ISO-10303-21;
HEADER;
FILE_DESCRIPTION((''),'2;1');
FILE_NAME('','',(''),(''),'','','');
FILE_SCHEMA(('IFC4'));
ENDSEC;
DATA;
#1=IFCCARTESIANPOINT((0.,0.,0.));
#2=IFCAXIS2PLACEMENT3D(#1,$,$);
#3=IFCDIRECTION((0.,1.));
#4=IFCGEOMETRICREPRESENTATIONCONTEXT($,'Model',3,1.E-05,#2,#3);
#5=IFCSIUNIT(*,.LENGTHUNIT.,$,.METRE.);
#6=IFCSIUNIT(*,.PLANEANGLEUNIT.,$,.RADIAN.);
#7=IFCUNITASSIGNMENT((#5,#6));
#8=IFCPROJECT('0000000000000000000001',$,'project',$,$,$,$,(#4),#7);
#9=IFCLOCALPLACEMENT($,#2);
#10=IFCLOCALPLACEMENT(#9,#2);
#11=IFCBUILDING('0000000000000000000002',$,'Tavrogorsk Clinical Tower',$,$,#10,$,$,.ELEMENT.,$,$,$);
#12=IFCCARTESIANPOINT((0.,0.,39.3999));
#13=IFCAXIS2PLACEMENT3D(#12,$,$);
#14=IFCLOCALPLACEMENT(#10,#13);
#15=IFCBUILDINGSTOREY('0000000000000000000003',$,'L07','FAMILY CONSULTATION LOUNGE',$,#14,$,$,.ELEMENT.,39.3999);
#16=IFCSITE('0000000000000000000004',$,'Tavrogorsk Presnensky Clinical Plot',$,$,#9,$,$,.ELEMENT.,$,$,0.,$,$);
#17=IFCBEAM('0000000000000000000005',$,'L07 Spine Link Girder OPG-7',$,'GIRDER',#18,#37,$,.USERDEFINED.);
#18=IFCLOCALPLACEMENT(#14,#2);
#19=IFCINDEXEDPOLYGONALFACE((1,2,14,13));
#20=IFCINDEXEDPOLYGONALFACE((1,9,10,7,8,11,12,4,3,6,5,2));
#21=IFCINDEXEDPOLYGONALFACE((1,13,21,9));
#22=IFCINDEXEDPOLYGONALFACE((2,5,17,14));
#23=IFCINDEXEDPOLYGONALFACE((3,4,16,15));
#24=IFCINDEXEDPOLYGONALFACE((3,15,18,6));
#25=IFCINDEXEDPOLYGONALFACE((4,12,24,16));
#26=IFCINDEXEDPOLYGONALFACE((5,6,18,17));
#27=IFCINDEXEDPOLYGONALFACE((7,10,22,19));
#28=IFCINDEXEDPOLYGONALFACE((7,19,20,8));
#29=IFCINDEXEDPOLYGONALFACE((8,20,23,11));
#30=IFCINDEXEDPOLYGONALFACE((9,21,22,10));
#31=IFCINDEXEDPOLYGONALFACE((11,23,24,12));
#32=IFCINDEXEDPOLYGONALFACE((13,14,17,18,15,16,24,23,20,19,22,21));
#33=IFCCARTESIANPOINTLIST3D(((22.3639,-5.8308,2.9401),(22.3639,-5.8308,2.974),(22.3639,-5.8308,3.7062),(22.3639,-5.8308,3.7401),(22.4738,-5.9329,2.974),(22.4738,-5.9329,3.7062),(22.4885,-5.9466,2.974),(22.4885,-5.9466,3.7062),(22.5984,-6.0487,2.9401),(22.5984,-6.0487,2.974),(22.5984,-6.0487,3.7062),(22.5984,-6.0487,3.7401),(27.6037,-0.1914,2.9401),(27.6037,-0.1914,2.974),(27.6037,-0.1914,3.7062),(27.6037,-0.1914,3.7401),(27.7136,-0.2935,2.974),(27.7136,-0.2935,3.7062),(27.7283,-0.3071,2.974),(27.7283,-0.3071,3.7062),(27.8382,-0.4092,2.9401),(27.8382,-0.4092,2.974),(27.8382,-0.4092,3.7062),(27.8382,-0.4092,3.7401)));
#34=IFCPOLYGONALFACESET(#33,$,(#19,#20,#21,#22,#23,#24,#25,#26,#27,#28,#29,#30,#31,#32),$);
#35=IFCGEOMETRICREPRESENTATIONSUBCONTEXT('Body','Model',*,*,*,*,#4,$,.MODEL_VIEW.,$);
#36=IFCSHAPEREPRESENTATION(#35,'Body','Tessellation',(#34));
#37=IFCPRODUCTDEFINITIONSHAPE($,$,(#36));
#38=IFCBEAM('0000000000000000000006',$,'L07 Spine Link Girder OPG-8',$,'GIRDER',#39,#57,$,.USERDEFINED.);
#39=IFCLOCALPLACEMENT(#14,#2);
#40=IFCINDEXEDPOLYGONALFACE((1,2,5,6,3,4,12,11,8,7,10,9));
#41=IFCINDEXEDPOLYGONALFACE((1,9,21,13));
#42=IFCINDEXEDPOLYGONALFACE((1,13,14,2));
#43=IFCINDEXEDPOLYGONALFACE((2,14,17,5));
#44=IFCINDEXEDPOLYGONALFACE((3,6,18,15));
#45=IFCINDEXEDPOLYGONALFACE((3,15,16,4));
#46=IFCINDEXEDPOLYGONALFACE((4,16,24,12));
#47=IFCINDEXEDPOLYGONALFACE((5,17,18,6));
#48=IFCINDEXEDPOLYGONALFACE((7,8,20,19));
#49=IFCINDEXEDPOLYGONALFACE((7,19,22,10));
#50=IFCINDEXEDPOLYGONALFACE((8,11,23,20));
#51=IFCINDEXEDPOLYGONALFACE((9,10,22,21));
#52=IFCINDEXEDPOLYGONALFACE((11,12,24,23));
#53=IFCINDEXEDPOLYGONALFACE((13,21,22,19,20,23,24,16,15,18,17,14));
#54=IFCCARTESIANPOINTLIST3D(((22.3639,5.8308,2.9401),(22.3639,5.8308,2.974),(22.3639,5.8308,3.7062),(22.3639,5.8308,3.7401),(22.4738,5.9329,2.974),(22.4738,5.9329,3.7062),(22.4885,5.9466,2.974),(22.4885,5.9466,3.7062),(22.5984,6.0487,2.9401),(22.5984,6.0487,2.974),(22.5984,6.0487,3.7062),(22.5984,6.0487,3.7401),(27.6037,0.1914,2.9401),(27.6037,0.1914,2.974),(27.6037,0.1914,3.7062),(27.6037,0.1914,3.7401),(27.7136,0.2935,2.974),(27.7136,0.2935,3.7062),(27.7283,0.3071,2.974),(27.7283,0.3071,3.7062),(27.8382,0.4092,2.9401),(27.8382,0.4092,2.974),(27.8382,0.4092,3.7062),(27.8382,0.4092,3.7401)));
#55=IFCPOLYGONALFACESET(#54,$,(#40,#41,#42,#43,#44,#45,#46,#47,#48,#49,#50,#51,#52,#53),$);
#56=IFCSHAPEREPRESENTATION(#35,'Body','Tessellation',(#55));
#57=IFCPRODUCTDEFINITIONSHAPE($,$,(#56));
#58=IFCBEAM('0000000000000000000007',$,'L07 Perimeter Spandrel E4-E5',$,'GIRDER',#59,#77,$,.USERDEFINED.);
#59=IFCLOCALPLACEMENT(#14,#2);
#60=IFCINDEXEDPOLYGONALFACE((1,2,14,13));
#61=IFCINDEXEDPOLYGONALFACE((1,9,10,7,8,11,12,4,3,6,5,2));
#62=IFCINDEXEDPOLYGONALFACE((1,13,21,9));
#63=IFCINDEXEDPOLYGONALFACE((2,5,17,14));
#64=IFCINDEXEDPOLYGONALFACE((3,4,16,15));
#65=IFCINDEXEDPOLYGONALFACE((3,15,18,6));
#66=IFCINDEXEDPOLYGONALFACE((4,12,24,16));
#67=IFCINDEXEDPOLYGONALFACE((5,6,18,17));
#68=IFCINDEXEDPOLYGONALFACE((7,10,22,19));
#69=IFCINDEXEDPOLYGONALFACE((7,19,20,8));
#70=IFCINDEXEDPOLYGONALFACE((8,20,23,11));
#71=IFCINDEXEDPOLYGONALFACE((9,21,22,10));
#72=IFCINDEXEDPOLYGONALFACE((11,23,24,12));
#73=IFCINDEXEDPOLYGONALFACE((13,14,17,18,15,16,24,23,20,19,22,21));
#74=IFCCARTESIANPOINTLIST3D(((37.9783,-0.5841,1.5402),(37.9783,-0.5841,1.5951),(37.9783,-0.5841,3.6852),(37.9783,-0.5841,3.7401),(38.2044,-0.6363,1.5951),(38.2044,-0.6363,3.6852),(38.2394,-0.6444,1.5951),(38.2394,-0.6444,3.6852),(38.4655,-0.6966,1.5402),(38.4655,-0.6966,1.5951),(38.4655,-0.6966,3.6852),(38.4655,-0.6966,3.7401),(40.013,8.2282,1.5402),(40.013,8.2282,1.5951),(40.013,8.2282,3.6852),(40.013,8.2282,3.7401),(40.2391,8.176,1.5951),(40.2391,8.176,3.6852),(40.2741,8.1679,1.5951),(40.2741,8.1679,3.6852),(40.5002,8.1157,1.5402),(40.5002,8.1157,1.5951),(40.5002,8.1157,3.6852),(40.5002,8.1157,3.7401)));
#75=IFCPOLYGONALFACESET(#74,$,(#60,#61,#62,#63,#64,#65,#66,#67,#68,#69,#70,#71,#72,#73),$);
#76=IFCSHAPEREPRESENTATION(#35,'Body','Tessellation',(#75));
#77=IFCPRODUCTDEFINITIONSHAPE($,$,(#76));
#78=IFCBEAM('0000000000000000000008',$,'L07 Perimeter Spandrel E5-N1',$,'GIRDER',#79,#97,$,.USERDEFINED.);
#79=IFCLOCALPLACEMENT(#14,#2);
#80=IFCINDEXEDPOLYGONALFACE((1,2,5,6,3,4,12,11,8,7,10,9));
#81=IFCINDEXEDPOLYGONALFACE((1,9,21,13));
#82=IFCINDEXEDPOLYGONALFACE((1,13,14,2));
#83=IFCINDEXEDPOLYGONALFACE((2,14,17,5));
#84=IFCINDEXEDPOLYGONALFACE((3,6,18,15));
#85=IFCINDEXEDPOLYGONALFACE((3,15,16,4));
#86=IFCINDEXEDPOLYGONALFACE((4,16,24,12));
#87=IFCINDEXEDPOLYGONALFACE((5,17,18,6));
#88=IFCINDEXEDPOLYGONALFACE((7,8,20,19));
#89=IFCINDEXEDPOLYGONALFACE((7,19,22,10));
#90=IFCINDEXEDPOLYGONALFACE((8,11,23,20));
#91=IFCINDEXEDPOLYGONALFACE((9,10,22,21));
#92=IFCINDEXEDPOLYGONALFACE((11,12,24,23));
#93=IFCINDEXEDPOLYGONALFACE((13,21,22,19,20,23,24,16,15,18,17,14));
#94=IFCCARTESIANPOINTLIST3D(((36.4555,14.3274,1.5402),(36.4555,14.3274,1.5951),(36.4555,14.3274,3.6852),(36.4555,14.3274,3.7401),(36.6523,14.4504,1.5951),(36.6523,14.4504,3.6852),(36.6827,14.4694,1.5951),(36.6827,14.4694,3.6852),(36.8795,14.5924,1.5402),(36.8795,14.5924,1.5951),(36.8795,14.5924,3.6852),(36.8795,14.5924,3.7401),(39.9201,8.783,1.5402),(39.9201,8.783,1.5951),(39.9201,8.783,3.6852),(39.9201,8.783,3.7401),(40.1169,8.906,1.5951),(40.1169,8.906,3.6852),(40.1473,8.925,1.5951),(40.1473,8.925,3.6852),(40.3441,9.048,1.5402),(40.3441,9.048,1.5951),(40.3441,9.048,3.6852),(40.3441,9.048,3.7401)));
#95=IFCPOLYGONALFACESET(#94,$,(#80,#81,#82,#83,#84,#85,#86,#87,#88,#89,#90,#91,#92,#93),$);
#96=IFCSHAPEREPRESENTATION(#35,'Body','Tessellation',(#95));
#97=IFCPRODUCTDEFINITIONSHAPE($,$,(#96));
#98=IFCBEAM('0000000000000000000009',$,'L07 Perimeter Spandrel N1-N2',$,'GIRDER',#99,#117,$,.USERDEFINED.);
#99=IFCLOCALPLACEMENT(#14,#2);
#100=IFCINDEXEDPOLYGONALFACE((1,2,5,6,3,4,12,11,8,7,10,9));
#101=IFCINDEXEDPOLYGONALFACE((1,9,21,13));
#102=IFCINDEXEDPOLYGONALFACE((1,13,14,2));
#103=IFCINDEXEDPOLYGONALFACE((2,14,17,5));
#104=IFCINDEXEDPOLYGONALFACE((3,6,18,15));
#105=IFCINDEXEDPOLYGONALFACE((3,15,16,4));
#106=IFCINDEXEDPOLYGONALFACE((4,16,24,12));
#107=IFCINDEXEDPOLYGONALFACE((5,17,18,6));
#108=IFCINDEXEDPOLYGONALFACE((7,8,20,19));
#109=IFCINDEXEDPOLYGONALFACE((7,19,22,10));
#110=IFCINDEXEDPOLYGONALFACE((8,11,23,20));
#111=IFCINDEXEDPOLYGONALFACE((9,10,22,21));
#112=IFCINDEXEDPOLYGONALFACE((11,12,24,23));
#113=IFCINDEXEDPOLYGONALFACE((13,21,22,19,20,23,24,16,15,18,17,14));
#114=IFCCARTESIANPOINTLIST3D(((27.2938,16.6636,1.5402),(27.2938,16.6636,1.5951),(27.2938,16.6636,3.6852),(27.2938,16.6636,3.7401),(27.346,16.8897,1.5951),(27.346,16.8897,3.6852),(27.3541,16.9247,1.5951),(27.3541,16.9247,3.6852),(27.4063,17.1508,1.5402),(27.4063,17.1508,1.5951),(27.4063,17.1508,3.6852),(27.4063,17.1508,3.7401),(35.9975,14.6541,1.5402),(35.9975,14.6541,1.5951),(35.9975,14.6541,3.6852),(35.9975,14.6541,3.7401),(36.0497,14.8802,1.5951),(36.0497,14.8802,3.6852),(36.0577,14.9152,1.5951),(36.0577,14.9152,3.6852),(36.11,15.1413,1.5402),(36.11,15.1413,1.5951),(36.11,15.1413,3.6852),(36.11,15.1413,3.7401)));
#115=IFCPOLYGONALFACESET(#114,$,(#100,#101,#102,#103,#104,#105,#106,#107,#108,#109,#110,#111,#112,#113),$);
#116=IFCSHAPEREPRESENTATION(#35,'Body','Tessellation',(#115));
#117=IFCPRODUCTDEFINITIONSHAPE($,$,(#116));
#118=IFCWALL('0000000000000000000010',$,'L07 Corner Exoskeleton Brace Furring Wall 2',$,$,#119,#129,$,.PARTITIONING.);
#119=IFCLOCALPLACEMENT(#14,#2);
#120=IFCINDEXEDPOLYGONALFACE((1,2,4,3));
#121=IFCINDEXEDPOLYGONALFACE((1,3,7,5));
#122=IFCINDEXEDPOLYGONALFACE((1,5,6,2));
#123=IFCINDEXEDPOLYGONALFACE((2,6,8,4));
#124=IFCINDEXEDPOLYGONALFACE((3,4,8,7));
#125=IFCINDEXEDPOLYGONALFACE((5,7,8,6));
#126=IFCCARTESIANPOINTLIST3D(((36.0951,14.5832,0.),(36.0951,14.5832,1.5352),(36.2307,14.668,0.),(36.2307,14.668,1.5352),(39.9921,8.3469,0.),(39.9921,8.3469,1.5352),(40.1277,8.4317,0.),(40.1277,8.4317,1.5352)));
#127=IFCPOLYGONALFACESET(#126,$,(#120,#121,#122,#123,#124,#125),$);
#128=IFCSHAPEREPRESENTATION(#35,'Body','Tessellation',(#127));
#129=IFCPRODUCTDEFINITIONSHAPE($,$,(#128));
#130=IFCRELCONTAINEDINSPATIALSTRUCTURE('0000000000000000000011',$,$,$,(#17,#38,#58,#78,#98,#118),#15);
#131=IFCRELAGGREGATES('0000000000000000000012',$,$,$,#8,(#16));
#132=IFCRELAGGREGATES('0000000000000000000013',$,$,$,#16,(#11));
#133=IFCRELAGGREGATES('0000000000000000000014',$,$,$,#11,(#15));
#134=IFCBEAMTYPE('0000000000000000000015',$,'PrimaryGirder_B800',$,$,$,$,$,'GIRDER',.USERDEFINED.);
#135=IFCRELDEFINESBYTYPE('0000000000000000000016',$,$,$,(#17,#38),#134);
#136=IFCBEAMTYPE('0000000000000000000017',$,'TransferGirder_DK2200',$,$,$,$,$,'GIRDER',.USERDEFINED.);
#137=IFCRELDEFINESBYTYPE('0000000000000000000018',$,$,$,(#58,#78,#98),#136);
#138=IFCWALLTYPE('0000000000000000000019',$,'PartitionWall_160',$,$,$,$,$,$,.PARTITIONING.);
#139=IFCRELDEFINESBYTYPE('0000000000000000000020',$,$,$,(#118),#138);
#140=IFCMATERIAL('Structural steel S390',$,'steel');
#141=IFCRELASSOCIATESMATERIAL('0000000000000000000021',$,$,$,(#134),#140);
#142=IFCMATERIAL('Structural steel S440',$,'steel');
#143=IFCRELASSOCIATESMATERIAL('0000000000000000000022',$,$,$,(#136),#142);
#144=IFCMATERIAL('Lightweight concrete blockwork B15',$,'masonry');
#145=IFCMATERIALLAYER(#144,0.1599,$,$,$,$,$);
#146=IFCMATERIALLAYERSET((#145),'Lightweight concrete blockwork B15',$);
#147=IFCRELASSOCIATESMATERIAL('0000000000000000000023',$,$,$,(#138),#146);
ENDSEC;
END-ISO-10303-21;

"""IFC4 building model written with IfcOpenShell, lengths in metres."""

from ifc_helpers import new_model, si_unit, direction, frame, frame_2d, origin, origin_2d, place, context, subcontext, project, spatial, rectangle, i_section, extrude, material, layer, layer_set, material_profile, profile_set, type_object, element, save


model = new_model("IFC4")

# Units and contexts
model_context = context("Model", 3, precision=1e-05, world=origin(), true_north=direction((0.0, 1.0)))
body_context = subcontext(model_context, "Body", "Model", "MODEL_VIEW")
ifc_project = project(units=[si_unit("LENGTHUNIT", "METRE"), si_unit("PLANEANGLEUNIT", "RADIAN")], contexts=[model_context])

# Site, building, storey
site_placement = place(None, origin())
site = spatial("IfcSite", under=ifc_project, at=site_placement, Name="Tavrogorsk Presnensky Clinical Plot", CompositionType="ELEMENT", RefElevation=0.0)
building_placement = place(site_placement, origin())
building = spatial("IfcBuilding", under=site, at=building_placement, Name="Tavrogorsk Clinical Tower", CompositionType="ELEMENT")
storey_placement = place(building_placement, frame((0.0, 0.0, 39.3999)))
storey = spatial("IfcBuildingStorey", under=building, at=storey_placement, Name="L07", Description="FAMILY CONSULTATION LOUNGE", CompositionType="ELEMENT", Elevation=39.3999)

# Beams
ifc_material_1 = material(Name="Structural steel S390", Category="steel")
ifc_material_profile_1 = material_profile(ifc_material_1, i_section(OverallWidth=0.3201, OverallDepth=0.8, WebThickness=0.02, FlangeThickness=0.0339, at=origin_2d()), Name="B-800x320x20x34")
ifc_profile_set_1 = profile_set([ifc_material_profile_1], Name="Structural steel S390")
beam_type_1 = type_object("IfcBeamType", Name="PrimaryGirder_B800", ElementType="GIRDER", PredefinedType="USERDEFINED", material=ifc_profile_set_1)
for number, where, z_axis, x_axis, name in (
    (1, (27.7209, -0.3003, 3.3401), (-0.680671, -0.732589, 0.0), (0.732589, -0.680671, 0.0), "L07 Spine Link Girder OPG-7"),
    (2, (27.7209, 0.3003, 3.3401), (-0.680671, 0.732589, 0.0), (-0.732589, -0.680671, 0.0), "L07 Spine Link Girder OPG-8"),
):
    element("IfcBeam", number, at=place(storey_placement, frame(where, z_axis=z_axis, x_axis=x_axis)), inside=storey, type_object=beam_type_1, Name=name, ObjectType="GIRDER", PredefinedType="USERDEFINED", context=body_context, shape_type="SweptSolid", body=[
        extrude(i_section(OverallWidth=0.3201, OverallDepth=0.8, WebThickness=0.02, FlangeThickness=0.0339, at=origin_2d()), origin(), (0.0, 0.0, 1.0), 7.698),
    ])
ifc_material_2 = material(Name="Structural steel S440", Category="steel")
ifc_material_profile_2 = material_profile(ifc_material_2, i_section(OverallWidth=0.5, OverallDepth=2.2, WebThickness=0.0359, FlangeThickness=0.0549, at=origin_2d()), Name="DK-2200x500x36x55")
ifc_profile_set_2 = profile_set([ifc_material_profile_2], Name="Structural steel S440")
beam_type_2 = type_object("IfcBeamType", Name="TransferGirder_DK2200", ElementType="GIRDER", PredefinedType="USERDEFINED", material=ifc_profile_set_2)
beam_1_placement = place(storey_placement, frame((38.2219, -0.6404, 2.6401), z_axis=(0.224972, 0.974365, 0.0), x_axis=(-0.974365, 0.224972, 0.0)))
element("IfcBeam", 3, at=beam_1_placement, inside=storey, type_object=beam_type_2, Name="L07 Perimeter Spandrel E4-E5", ObjectType="GIRDER", PredefinedType="USERDEFINED", context=body_context, shape_type="SweptSolid", body=[
    extrude(i_section(OverallWidth=0.5, OverallDepth=2.2, WebThickness=0.0359, FlangeThickness=0.0549, at=origin_2d()), origin(), (0.0, 0.0, 1.0), 9.0442),
])
beam_2_placement = place(storey_placement, frame((40.1321, 8.9155, 2.6401), z_axis=(-0.529925, 0.848044, 0.0), x_axis=(-0.848044, -0.529925, 0.0)))
element("IfcBeam", 4, at=beam_2_placement, inside=storey, type_object=beam_type_2, Name="L07 Perimeter Spandrel E5-N1", ObjectType="GIRDER", PredefinedType="USERDEFINED", context=body_context, shape_type="SweptSolid", body=[
    extrude(i_section(OverallWidth=0.5, OverallDepth=2.2, WebThickness=0.0359, FlangeThickness=0.0549, at=origin_2d()), origin(), (0.0, 0.0, 1.0), 6.5378),
])
beam_3_placement = place(storey_placement, frame((36.0537, 14.8977, 2.6401), z_axis=(-0.974367, 0.224965, 0.0), x_axis=(-0.224965, -0.974367, 0.0)))
element("IfcBeam", 5, at=beam_3_placement, inside=storey, type_object=beam_type_2, Name="L07 Perimeter Spandrel N1-N2", ObjectType="GIRDER", PredefinedType="USERDEFINED", context=body_context, shape_type="SweptSolid", body=[
    extrude(i_section(OverallWidth=0.5, OverallDepth=2.2, WebThickness=0.0359, FlangeThickness=0.0549, at=origin_2d()), origin(), (0.0, 0.0, 1.0), 8.9326),
])

# Wall
ifc_material_3 = material(Name="Lightweight concrete blockwork B15", Category="masonry")
ifc_layer_1 = layer(ifc_material_3, 0.1599)
ifc_layer_set_1 = layer_set([ifc_layer_1], Name="Lightweight concrete blockwork B15")
wall_type_1 = type_object("IfcWallType", Name="PartitionWall_160", PredefinedType="PARTITIONING", material=ifc_layer_set_1)
wall_1_placement = place(storey_placement, frame((40.0598, 8.3894, 0.0), z_axis=(0.0, 0.0, 1.0), x_axis=(-0.529927, 0.848043, 0.0)))
element("IfcWall", 6, at=wall_1_placement, inside=storey, type_object=wall_type_1, Name="L07 Corner Exoskeleton Brace Furring Wall 2", PredefinedType="PARTITIONING", context=body_context, shape_type="SweptSolid", body=[
    extrude(rectangle(XDim=7.3538, YDim=0.1599, at=frame_2d((3.6768, 0.0))), origin(), (0.0, 0.0, 1.0), 1.5352),
])

save(model, "model.ifc")
